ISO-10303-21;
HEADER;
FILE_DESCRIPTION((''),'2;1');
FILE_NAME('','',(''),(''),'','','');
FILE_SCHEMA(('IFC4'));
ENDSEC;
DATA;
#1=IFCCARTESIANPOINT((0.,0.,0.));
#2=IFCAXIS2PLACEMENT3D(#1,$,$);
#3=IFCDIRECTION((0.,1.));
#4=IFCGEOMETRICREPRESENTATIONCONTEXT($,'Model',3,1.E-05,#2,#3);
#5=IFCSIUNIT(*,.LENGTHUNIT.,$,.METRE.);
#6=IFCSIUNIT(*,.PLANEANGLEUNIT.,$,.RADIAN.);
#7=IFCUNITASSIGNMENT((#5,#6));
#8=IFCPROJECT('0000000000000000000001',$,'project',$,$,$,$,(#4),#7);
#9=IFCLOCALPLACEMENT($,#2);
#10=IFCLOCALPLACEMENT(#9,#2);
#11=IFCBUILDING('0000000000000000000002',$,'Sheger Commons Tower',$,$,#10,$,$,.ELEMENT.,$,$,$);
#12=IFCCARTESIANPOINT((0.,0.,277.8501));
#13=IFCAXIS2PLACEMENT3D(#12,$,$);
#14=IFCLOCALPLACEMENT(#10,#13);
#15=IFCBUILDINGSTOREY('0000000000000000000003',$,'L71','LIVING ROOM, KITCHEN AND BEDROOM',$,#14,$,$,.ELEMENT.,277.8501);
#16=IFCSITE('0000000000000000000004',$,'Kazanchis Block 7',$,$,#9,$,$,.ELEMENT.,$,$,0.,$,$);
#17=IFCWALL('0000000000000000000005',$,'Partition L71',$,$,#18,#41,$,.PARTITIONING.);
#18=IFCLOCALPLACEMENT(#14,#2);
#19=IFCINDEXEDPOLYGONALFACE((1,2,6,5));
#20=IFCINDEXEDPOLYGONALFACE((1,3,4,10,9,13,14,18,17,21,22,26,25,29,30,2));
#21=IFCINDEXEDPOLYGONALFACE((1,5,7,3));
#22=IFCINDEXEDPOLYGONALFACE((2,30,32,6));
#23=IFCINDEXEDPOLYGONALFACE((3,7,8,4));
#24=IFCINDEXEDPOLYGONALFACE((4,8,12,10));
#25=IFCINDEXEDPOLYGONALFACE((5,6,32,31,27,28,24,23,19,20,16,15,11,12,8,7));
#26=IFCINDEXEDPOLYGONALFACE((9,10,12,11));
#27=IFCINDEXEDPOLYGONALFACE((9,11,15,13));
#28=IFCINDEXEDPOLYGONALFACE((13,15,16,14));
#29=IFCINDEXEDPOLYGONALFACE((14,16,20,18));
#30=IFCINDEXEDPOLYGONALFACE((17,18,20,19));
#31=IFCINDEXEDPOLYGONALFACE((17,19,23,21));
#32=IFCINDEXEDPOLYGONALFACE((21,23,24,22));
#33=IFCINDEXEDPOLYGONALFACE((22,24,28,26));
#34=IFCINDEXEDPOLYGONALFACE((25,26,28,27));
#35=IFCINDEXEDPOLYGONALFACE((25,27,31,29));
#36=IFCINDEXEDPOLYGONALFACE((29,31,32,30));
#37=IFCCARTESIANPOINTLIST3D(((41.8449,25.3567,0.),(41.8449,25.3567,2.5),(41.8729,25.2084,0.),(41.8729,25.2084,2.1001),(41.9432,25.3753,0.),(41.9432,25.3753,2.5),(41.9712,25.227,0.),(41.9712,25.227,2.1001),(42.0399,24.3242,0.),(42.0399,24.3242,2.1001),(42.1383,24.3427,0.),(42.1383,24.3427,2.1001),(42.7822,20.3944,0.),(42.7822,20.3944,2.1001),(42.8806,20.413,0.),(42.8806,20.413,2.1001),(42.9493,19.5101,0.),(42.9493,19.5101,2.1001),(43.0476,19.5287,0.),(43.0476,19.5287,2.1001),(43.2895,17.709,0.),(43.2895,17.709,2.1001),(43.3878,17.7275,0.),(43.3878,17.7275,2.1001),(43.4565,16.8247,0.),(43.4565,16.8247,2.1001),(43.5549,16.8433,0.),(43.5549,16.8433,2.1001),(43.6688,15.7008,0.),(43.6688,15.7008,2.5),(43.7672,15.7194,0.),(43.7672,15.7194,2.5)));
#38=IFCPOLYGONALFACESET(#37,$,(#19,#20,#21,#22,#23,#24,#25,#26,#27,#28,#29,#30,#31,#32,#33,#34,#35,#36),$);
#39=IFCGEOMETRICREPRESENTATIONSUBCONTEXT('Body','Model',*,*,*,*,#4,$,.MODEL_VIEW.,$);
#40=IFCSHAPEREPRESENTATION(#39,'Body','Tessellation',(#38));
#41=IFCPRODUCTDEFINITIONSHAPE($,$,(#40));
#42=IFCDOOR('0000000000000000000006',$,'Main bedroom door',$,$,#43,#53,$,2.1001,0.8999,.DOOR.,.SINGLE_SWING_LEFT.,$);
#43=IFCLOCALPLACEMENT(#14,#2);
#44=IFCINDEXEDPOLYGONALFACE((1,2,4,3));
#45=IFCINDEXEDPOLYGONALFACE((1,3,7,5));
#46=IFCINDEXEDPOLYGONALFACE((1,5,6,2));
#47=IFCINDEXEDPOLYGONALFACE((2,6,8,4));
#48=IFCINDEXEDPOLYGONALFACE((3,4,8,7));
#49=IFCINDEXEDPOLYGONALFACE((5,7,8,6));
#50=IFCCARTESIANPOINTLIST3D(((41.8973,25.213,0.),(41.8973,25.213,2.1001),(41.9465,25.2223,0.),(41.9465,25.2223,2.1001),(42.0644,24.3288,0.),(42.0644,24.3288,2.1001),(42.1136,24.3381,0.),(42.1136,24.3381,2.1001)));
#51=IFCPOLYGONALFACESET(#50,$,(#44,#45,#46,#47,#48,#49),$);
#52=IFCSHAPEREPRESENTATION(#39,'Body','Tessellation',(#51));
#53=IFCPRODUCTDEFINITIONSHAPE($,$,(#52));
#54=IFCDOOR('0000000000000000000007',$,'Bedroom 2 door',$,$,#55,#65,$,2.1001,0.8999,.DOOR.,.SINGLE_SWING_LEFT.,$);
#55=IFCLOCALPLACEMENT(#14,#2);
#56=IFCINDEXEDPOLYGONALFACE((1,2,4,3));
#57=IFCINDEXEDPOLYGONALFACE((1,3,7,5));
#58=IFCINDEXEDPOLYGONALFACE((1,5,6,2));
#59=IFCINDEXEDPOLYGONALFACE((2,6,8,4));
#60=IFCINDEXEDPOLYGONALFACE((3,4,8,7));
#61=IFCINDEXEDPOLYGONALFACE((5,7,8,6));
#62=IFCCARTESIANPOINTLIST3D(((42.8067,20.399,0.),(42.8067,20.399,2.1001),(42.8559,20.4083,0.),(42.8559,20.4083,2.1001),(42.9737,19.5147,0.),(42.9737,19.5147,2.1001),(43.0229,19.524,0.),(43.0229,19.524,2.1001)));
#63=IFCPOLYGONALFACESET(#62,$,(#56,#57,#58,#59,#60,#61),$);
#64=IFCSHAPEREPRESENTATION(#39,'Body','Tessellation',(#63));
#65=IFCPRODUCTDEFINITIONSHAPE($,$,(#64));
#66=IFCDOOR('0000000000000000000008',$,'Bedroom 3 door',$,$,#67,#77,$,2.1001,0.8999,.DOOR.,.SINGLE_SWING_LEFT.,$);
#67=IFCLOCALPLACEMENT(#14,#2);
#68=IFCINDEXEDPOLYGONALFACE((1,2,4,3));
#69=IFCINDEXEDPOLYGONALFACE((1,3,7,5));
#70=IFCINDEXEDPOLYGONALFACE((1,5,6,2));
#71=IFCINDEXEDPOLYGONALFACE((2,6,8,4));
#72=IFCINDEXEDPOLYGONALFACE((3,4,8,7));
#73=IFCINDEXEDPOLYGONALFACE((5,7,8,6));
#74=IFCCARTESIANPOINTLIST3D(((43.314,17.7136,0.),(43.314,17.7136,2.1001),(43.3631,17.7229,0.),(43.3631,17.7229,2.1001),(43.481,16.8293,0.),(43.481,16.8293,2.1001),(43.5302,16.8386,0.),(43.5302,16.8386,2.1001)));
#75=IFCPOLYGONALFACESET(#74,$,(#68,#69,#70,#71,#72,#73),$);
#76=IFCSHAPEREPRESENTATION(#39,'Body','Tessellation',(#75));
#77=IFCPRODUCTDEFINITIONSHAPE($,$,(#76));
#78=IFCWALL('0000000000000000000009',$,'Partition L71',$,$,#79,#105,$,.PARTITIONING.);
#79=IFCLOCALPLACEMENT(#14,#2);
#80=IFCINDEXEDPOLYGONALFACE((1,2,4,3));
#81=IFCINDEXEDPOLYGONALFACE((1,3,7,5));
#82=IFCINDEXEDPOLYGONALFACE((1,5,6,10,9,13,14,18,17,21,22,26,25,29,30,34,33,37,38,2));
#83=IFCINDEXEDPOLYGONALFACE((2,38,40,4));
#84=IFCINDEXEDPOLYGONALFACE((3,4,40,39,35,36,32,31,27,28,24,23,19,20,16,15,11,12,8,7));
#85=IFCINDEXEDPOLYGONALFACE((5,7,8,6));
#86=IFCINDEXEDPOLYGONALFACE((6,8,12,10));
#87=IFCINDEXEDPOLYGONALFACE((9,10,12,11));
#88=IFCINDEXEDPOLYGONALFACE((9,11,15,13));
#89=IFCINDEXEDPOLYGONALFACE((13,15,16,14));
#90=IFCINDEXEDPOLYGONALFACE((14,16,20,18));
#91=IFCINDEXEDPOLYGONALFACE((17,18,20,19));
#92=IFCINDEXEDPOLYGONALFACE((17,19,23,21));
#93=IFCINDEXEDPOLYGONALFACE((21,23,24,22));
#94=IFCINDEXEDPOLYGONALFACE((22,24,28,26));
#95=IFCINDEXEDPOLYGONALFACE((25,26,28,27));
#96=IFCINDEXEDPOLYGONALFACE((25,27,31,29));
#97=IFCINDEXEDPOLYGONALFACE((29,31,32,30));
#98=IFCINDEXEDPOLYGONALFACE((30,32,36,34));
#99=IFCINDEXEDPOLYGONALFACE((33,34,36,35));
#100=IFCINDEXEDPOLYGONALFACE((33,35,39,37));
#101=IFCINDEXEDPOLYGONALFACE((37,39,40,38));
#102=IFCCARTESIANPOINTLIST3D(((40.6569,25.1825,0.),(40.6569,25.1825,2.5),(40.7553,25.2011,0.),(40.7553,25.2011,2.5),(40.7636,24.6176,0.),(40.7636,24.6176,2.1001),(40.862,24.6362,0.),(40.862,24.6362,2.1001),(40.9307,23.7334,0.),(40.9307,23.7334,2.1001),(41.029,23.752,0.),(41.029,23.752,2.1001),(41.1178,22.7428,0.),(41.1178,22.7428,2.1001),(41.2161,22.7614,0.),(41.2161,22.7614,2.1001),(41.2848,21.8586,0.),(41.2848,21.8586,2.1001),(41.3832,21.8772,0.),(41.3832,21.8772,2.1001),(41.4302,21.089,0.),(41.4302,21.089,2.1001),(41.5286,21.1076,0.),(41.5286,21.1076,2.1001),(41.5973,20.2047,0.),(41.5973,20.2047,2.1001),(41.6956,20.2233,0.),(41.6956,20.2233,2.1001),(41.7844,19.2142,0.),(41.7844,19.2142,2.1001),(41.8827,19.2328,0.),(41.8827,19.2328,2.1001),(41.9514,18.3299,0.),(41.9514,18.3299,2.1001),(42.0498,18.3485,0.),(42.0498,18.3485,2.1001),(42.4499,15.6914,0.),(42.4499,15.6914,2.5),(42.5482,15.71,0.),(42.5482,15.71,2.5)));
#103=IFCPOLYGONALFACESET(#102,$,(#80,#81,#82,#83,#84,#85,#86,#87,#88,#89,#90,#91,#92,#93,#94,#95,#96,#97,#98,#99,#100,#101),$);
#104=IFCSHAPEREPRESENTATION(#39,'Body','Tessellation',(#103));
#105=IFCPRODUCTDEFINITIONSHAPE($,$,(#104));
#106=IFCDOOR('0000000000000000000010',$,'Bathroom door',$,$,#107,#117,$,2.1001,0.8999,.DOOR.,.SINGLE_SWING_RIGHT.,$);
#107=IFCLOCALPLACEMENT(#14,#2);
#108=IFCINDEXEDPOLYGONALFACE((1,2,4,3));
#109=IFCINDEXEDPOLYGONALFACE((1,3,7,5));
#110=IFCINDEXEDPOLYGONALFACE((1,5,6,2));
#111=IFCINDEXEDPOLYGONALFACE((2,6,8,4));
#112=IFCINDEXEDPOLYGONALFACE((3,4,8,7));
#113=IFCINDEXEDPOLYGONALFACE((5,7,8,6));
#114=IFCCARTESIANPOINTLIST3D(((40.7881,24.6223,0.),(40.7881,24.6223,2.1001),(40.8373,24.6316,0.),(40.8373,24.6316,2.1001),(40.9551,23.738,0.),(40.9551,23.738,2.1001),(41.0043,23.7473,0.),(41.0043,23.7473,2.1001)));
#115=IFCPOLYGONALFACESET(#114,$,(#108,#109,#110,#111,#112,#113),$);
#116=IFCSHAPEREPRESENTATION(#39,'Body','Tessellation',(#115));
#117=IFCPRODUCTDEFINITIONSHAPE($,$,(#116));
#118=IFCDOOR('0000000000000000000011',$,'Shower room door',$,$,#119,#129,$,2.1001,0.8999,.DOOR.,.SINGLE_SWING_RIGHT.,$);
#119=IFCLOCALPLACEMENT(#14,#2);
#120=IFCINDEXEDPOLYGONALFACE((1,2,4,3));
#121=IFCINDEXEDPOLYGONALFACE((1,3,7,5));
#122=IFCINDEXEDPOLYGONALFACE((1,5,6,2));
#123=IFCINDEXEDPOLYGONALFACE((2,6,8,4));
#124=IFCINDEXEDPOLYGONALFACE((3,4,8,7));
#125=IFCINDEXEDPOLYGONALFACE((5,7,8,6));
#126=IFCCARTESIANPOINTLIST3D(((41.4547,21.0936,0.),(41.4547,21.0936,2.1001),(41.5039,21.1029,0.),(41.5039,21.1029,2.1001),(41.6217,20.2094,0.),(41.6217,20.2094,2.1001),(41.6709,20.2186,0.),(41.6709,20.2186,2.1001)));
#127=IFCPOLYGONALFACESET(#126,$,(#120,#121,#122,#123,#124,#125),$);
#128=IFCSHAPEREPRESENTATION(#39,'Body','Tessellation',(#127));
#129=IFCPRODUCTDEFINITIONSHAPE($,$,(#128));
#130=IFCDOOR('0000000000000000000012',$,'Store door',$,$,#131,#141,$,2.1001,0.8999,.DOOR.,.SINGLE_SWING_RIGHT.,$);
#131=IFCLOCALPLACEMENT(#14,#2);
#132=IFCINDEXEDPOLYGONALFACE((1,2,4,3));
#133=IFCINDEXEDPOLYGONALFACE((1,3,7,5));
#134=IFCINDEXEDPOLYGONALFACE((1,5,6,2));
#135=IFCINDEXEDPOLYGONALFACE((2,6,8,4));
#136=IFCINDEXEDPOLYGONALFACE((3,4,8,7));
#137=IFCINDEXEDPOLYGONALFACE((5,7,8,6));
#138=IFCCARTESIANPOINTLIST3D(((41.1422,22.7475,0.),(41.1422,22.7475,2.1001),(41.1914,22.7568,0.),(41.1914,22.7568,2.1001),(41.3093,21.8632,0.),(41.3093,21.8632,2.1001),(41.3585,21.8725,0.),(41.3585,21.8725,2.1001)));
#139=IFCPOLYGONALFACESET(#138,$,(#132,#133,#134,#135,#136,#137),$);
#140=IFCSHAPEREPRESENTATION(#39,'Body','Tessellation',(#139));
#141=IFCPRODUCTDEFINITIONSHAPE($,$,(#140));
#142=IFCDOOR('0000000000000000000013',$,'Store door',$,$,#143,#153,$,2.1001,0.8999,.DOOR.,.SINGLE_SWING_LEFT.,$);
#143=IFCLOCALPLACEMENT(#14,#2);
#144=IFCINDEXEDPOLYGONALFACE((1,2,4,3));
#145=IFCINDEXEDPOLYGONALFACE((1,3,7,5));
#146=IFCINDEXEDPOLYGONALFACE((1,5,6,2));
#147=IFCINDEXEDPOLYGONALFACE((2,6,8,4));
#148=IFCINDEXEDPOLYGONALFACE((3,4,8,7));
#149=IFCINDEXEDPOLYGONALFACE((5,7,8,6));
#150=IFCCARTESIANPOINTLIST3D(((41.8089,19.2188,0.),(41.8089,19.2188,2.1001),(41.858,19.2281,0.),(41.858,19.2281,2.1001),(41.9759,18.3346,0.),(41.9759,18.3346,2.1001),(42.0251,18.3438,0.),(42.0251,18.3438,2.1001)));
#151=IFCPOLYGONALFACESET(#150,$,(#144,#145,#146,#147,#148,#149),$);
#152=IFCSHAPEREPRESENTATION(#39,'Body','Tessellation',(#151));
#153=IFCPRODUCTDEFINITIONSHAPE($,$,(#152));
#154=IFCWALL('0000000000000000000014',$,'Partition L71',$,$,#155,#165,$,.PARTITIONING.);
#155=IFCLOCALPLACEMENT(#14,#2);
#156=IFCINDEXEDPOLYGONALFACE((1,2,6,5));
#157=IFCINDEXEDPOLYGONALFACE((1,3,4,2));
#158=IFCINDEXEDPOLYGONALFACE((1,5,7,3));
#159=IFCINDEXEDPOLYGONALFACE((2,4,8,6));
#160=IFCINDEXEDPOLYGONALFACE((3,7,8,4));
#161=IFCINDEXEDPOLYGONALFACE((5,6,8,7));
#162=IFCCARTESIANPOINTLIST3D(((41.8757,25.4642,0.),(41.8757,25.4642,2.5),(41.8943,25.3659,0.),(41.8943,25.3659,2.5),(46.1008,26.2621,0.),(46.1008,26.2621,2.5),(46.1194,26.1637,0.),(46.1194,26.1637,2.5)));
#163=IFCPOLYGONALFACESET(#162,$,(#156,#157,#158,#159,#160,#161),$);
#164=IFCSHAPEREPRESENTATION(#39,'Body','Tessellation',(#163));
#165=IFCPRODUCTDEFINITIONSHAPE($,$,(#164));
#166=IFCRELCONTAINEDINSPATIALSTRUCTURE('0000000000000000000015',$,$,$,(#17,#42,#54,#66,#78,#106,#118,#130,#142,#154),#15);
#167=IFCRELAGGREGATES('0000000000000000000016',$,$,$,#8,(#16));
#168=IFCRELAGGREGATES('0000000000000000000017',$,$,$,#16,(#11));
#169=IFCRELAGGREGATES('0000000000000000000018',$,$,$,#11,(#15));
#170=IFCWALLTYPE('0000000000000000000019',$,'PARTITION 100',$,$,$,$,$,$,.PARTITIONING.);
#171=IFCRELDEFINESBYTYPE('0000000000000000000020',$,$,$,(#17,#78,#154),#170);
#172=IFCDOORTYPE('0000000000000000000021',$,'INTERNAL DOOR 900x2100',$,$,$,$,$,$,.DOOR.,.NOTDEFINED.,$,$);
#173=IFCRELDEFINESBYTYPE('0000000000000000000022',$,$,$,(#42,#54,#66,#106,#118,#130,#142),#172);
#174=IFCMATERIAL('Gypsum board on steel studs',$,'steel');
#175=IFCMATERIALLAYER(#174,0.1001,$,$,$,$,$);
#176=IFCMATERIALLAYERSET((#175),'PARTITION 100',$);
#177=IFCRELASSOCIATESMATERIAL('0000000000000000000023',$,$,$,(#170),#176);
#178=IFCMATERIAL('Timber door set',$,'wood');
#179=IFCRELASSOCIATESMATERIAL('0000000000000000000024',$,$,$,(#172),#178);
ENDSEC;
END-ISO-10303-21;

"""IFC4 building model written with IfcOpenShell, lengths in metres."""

from ifc_helpers import new_model, si_unit, direction, frame, frame_2d, origin, place, context, subcontext, project, spatial, rectangle, extrude, material, layer, layer_set, type_object, element, fill, save


model = new_model("IFC4")

# Units and contexts
model_context = context("Model", 3, precision=1e-05, world=origin(), true_north=direction((0.0, 1.0)))
body_context = subcontext(model_context, "Body", "Model", "MODEL_VIEW")
ifc_project = project(units=[si_unit("LENGTHUNIT", "METRE"), si_unit("PLANEANGLEUNIT", "RADIAN")], contexts=[model_context])

# Site, building, storey
site_placement = place(None, origin())
site = spatial("IfcSite", under=ifc_project, at=site_placement, Name="Kazanchis Block 7", CompositionType="ELEMENT", RefElevation=0.0)
building_placement = place(site_placement, origin())
building = spatial("IfcBuilding", under=site, at=building_placement, Name="Sheger Commons Tower", CompositionType="ELEMENT")
storey_placement = place(building_placement, frame((0.0, 0.0, 277.8501)))
storey = spatial("IfcBuildingStorey", under=building, at=storey_placement, Name="L71", Description="LIVING ROOM, KITCHEN AND BEDROOM", CompositionType="ELEMENT", Elevation=277.8501)

# Walls, openings, doors
ifc_material_1 = material(Name="Gypsum board on steel studs", Category="steel")
ifc_layer_1 = layer(ifc_material_1, 0.1001)
ifc_layer_set_1 = layer_set([ifc_layer_1], Name="PARTITION 100")
wall_type_1 = type_object("IfcWallType", Name="PARTITION 100", PredefinedType="PARTITIONING", material=ifc_layer_set_1)
wall_1_placement = place(storey_placement, frame((41.894, 25.366, 0.0), z_axis=(0.0, 0.0, 1.0), x_axis=(0.185613, -0.982623, 0.0)))
wall_1 = element("IfcWall", 1, at=wall_1_placement, inside=storey, type_object=wall_type_1, Name="Partition L71", PredefinedType="PARTITIONING", context=body_context, shape_type="SweptSolid", body=[
    extrude(rectangle(XDim=9.8267, YDim=0.1001, at=frame_2d((4.9133, 0.0))), origin(), (0.0, 0.0, 1.0), 2.5),
])
opening_1_placement = place(wall_1_placement, frame((0.1509, 0.0, 0.0)))
opening_1 = element("IfcOpeningElement", 2, at=opening_1_placement, cuts=wall_1, PredefinedType="OPENING", context=body_context, shape_type="SweptSolid", body=[
    extrude(rectangle(XDim=0.8999, YDim=2.1001, at=frame_2d((0.45, 1.05))), frame((0.0, 0.0601, 0.0), z_axis=(0.0, -1.0, 0.0), x_axis=(1.0, 0.0, 0.0)), (0.0, 0.0, 1.0), 0.1201),
])
opening_2_placement = place(wall_1_placement, frame((5.05, 0.0, 0.0)))
opening_2 = element("IfcOpeningElement", 3, at=opening_2_placement, cuts=wall_1, PredefinedType="OPENING", context=body_context, shape_type="SweptSolid", body=[
    extrude(rectangle(XDim=0.8999, YDim=2.1001, at=frame_2d((0.45, 1.05))), frame((0.0, 0.0601, 0.0), z_axis=(0.0, -1.0, 0.0), x_axis=(1.0, 0.0, 0.0)), (0.0, 0.0, 1.0), 0.1201),
])
opening_3_placement = place(wall_1_placement, frame((7.783, 0.0, 0.0)))
opening_3 = element("IfcOpeningElement", 4, at=opening_3_placement, cuts=wall_1, PredefinedType="OPENING", context=body_context, shape_type="SweptSolid", body=[
    extrude(rectangle(XDim=0.8999, YDim=2.1001, at=frame_2d((0.45, 1.05))), frame((0.0, 0.0601, 0.0), z_axis=(0.0, -1.0, 0.0), x_axis=(1.0, 0.0, 0.0)), (0.0, 0.0, 1.0), 0.1201),
])
ifc_material_2 = material(Name="Timber door set", Category="wood")
door_type = type_object("IfcDoorType", Name="INTERNAL DOOR 900x2100", OperationType="NOTDEFINED", PredefinedType="DOOR", material=ifc_material_2)
door_1_placement = place(opening_1_placement, origin())
door_1 = element("IfcDoor", 5, at=door_1_placement, inside=storey, type_object=door_type, Name="Main bedroom door", OperationType="SINGLE_SWING_LEFT", OverallHeight=2.1001, OverallWidth=0.8999, PredefinedType="DOOR", context=body_context, shape_type="SweptSolid", body=[
    extrude(rectangle(XDim=0.8999, YDim=2.1001, at=frame_2d((0.45, 1.05))), frame((0.0, 0.0249, 0.0), z_axis=(0.0, -1.0, 0.0), x_axis=(1.0, 0.0, 0.0)), (0.0, 0.0, 1.0), 0.05),
])
fill(opening_1, door_1)
door_2_placement = place(opening_2_placement, origin())
door_2 = element("IfcDoor", 6, at=door_2_placement, inside=storey, type_object=door_type, Name="Bedroom 2 door", OperationType="SINGLE_SWING_LEFT", OverallHeight=2.1001, OverallWidth=0.8999, PredefinedType="DOOR", context=body_context, shape_type="SweptSolid", body=[
    extrude(rectangle(XDim=0.8999, YDim=2.1001, at=frame_2d((0.45, 1.05))), frame((0.0, 0.0249, 0.0), z_axis=(0.0, -1.0, 0.0), x_axis=(1.0, 0.0, 0.0)), (0.0, 0.0, 1.0), 0.05),
])
fill(opening_2, door_2)
door_3_placement = place(opening_3_placement, origin())
door_3 = element("IfcDoor", 7, at=door_3_placement, inside=storey, type_object=door_type, Name="Bedroom 3 door", OperationType="SINGLE_SWING_LEFT", OverallHeight=2.1001, OverallWidth=0.8999, PredefinedType="DOOR", context=body_context, shape_type="SweptSolid", body=[
    extrude(rectangle(XDim=0.8999, YDim=2.1001, at=frame_2d((0.45, 1.05))), frame((0.0, 0.0249, 0.0), z_axis=(0.0, -1.0, 0.0), x_axis=(1.0, 0.0, 0.0)), (0.0, 0.0, 1.0), 0.05),
])
fill(opening_3, door_3)
wall_2_placement = place(storey_placement, frame((40.7061, 25.1919, 0.0), z_axis=(0.0, 0.0, 1.0), x_axis=(0.18563, -0.98262, 0.0)))
wall_2 = element("IfcWall", 8, at=wall_2_placement, inside=storey, type_object=wall_type_1, Name="Partition L71", PredefinedType="PARTITIONING", context=body_context, shape_type="SweptSolid", body=[
    extrude(rectangle(XDim=9.6589, YDim=0.1001, at=frame_2d((4.8296, 0.0))), origin(), (0.0, 0.0, 1.0), 2.5),
])
opening_4_placement = place(wall_2_placement, frame((0.575, 0.0, 0.0)))
opening_4 = element("IfcOpeningElement", 9, at=opening_4_placement, cuts=wall_2, PredefinedType="OPENING", context=body_context, shape_type="SweptSolid", body=[
    extrude(rectangle(XDim=0.8999, YDim=2.1001, at=frame_2d((0.45, 1.05))), frame((0.0, 0.0601, 0.0), z_axis=(0.0, -1.0, 0.0), x_axis=(1.0, 0.0, 0.0)), (0.0, 0.0, 1.0), 0.1201),
])
opening_5_placement = place(wall_2_placement, frame((4.166, 0.0, 0.0)))
opening_5 = element("IfcOpeningElement", 10, at=opening_5_placement, cuts=wall_2, PredefinedType="OPENING", context=body_context, shape_type="SweptSolid", body=[
    extrude(rectangle(XDim=0.8999, YDim=2.1001, at=frame_2d((0.45, 1.05))), frame((0.0, 0.0601, 0.0), z_axis=(0.0, -1.0, 0.0), x_axis=(1.0, 0.0, 0.0)), (0.0, 0.0, 1.0), 0.1201),
])
opening_6_placement = place(wall_2_placement, frame((2.4829, 0.0, 0.0)))
opening_6 = element("IfcOpeningElement", 11, at=opening_6_placement, cuts=wall_2, PredefinedType="OPENING", context=body_context, shape_type="SweptSolid", body=[
    extrude(rectangle(XDim=0.8999, YDim=2.1001, at=frame_2d((0.45, 1.05))), frame((0.0, 0.0601, 0.0), z_axis=(0.0, -1.0, 0.0), x_axis=(1.0, 0.0, 0.0)), (0.0, 0.0, 1.0), 0.1201),
])
opening_7_placement = place(wall_2_placement, frame((6.074, 0.0, 0.0)))
opening_7 = element("IfcOpeningElement", 12, at=opening_7_placement, cuts=wall_2, PredefinedType="OPENING", context=body_context, shape_type="SweptSolid", body=[
    extrude(rectangle(XDim=0.8999, YDim=2.1001, at=frame_2d((0.45, 1.05))), frame((0.0, 0.0601, 0.0), z_axis=(0.0, -1.0, 0.0), x_axis=(1.0, 0.0, 0.0)), (0.0, 0.0, 1.0), 0.1201),
])
door_4_placement = place(opening_4_placement, origin())
door_4 = element("IfcDoor", 13, at=door_4_placement, inside=storey, type_object=door_type, Name="Bathroom door", OperationType="SINGLE_SWING_RIGHT", OverallHeight=2.1001, OverallWidth=0.8999, PredefinedType="DOOR", context=body_context, shape_type="SweptSolid", body=[
    extrude(rectangle(XDim=0.8999, YDim=2.1001, at=frame_2d((0.45, 1.05))), frame((0.0, 0.0249, 0.0), z_axis=(0.0, -1.0, 0.0), x_axis=(1.0, 0.0, 0.0)), (0.0, 0.0, 1.0), 0.05),
])
fill(opening_4, door_4)
door_5_placement = place(opening_5_placement, origin())
door_5 = element("IfcDoor", 14, at=door_5_placement, inside=storey, type_object=door_type, Name="Shower room door", OperationType="SINGLE_SWING_RIGHT", OverallHeight=2.1001, OverallWidth=0.8999, PredefinedType="DOOR", context=body_context, shape_type="SweptSolid", body=[
    extrude(rectangle(XDim=0.8999, YDim=2.1001, at=frame_2d((0.45, 1.05))), frame((0.0, 0.0249, 0.0), z_axis=(0.0, -1.0, 0.0), x_axis=(1.0, 0.0, 0.0)), (0.0, 0.0, 1.0), 0.05),
])
fill(opening_5, door_5)
door_6_placement = place(opening_6_placement, origin())
door_6 = element("IfcDoor", 15, at=door_6_placement, inside=storey, type_object=door_type, Name="Store door", OperationType="SINGLE_SWING_RIGHT", OverallHeight=2.1001, OverallWidth=0.8999, PredefinedType="DOOR", context=body_context, shape_type="SweptSolid", body=[
    extrude(rectangle(XDim=0.8999, YDim=2.1001, at=frame_2d((0.45, 1.05))), frame((0.0, 0.0249, 0.0), z_axis=(0.0, -1.0, 0.0), x_axis=(1.0, 0.0, 0.0)), (0.0, 0.0, 1.0), 0.05),
])
fill(opening_6, door_6)
door_7_placement = place(opening_7_placement, origin())
door_7 = element("IfcDoor", 16, at=door_7_placement, inside=storey, type_object=door_type, Name="Store door", OperationType="SINGLE_SWING_LEFT", OverallHeight=2.1001, OverallWidth=0.8999, PredefinedType="DOOR", context=body_context, shape_type="SweptSolid", body=[
    extrude(rectangle(XDim=0.8999, YDim=2.1001, at=frame_2d((0.45, 1.05))), frame((0.0, 0.0249, 0.0), z_axis=(0.0, -1.0, 0.0), x_axis=(1.0, 0.0, 0.0)), (0.0, 0.0, 1.0), 0.05),
])
fill(opening_7, door_7)

# Wall
wall_3_placement = place(storey_placement, frame((46.1101, 26.2129, 0.0), z_axis=(0.0, 0.0, 1.0), x_axis=(-0.982634, -0.185557, 0.0)))
element("IfcWall", 17, at=wall_3_placement, inside=storey, type_object=wall_type_1, Name="Partition L71", PredefinedType="PARTITIONING", context=body_context, shape_type="SweptSolid", body=[
    extrude(rectangle(XDim=4.2998, YDim=0.1001, at=frame_2d((2.1499, 0.0))), origin(), (0.0, 0.0, 1.0), 2.5),
])

save(model, "model.ifc")
